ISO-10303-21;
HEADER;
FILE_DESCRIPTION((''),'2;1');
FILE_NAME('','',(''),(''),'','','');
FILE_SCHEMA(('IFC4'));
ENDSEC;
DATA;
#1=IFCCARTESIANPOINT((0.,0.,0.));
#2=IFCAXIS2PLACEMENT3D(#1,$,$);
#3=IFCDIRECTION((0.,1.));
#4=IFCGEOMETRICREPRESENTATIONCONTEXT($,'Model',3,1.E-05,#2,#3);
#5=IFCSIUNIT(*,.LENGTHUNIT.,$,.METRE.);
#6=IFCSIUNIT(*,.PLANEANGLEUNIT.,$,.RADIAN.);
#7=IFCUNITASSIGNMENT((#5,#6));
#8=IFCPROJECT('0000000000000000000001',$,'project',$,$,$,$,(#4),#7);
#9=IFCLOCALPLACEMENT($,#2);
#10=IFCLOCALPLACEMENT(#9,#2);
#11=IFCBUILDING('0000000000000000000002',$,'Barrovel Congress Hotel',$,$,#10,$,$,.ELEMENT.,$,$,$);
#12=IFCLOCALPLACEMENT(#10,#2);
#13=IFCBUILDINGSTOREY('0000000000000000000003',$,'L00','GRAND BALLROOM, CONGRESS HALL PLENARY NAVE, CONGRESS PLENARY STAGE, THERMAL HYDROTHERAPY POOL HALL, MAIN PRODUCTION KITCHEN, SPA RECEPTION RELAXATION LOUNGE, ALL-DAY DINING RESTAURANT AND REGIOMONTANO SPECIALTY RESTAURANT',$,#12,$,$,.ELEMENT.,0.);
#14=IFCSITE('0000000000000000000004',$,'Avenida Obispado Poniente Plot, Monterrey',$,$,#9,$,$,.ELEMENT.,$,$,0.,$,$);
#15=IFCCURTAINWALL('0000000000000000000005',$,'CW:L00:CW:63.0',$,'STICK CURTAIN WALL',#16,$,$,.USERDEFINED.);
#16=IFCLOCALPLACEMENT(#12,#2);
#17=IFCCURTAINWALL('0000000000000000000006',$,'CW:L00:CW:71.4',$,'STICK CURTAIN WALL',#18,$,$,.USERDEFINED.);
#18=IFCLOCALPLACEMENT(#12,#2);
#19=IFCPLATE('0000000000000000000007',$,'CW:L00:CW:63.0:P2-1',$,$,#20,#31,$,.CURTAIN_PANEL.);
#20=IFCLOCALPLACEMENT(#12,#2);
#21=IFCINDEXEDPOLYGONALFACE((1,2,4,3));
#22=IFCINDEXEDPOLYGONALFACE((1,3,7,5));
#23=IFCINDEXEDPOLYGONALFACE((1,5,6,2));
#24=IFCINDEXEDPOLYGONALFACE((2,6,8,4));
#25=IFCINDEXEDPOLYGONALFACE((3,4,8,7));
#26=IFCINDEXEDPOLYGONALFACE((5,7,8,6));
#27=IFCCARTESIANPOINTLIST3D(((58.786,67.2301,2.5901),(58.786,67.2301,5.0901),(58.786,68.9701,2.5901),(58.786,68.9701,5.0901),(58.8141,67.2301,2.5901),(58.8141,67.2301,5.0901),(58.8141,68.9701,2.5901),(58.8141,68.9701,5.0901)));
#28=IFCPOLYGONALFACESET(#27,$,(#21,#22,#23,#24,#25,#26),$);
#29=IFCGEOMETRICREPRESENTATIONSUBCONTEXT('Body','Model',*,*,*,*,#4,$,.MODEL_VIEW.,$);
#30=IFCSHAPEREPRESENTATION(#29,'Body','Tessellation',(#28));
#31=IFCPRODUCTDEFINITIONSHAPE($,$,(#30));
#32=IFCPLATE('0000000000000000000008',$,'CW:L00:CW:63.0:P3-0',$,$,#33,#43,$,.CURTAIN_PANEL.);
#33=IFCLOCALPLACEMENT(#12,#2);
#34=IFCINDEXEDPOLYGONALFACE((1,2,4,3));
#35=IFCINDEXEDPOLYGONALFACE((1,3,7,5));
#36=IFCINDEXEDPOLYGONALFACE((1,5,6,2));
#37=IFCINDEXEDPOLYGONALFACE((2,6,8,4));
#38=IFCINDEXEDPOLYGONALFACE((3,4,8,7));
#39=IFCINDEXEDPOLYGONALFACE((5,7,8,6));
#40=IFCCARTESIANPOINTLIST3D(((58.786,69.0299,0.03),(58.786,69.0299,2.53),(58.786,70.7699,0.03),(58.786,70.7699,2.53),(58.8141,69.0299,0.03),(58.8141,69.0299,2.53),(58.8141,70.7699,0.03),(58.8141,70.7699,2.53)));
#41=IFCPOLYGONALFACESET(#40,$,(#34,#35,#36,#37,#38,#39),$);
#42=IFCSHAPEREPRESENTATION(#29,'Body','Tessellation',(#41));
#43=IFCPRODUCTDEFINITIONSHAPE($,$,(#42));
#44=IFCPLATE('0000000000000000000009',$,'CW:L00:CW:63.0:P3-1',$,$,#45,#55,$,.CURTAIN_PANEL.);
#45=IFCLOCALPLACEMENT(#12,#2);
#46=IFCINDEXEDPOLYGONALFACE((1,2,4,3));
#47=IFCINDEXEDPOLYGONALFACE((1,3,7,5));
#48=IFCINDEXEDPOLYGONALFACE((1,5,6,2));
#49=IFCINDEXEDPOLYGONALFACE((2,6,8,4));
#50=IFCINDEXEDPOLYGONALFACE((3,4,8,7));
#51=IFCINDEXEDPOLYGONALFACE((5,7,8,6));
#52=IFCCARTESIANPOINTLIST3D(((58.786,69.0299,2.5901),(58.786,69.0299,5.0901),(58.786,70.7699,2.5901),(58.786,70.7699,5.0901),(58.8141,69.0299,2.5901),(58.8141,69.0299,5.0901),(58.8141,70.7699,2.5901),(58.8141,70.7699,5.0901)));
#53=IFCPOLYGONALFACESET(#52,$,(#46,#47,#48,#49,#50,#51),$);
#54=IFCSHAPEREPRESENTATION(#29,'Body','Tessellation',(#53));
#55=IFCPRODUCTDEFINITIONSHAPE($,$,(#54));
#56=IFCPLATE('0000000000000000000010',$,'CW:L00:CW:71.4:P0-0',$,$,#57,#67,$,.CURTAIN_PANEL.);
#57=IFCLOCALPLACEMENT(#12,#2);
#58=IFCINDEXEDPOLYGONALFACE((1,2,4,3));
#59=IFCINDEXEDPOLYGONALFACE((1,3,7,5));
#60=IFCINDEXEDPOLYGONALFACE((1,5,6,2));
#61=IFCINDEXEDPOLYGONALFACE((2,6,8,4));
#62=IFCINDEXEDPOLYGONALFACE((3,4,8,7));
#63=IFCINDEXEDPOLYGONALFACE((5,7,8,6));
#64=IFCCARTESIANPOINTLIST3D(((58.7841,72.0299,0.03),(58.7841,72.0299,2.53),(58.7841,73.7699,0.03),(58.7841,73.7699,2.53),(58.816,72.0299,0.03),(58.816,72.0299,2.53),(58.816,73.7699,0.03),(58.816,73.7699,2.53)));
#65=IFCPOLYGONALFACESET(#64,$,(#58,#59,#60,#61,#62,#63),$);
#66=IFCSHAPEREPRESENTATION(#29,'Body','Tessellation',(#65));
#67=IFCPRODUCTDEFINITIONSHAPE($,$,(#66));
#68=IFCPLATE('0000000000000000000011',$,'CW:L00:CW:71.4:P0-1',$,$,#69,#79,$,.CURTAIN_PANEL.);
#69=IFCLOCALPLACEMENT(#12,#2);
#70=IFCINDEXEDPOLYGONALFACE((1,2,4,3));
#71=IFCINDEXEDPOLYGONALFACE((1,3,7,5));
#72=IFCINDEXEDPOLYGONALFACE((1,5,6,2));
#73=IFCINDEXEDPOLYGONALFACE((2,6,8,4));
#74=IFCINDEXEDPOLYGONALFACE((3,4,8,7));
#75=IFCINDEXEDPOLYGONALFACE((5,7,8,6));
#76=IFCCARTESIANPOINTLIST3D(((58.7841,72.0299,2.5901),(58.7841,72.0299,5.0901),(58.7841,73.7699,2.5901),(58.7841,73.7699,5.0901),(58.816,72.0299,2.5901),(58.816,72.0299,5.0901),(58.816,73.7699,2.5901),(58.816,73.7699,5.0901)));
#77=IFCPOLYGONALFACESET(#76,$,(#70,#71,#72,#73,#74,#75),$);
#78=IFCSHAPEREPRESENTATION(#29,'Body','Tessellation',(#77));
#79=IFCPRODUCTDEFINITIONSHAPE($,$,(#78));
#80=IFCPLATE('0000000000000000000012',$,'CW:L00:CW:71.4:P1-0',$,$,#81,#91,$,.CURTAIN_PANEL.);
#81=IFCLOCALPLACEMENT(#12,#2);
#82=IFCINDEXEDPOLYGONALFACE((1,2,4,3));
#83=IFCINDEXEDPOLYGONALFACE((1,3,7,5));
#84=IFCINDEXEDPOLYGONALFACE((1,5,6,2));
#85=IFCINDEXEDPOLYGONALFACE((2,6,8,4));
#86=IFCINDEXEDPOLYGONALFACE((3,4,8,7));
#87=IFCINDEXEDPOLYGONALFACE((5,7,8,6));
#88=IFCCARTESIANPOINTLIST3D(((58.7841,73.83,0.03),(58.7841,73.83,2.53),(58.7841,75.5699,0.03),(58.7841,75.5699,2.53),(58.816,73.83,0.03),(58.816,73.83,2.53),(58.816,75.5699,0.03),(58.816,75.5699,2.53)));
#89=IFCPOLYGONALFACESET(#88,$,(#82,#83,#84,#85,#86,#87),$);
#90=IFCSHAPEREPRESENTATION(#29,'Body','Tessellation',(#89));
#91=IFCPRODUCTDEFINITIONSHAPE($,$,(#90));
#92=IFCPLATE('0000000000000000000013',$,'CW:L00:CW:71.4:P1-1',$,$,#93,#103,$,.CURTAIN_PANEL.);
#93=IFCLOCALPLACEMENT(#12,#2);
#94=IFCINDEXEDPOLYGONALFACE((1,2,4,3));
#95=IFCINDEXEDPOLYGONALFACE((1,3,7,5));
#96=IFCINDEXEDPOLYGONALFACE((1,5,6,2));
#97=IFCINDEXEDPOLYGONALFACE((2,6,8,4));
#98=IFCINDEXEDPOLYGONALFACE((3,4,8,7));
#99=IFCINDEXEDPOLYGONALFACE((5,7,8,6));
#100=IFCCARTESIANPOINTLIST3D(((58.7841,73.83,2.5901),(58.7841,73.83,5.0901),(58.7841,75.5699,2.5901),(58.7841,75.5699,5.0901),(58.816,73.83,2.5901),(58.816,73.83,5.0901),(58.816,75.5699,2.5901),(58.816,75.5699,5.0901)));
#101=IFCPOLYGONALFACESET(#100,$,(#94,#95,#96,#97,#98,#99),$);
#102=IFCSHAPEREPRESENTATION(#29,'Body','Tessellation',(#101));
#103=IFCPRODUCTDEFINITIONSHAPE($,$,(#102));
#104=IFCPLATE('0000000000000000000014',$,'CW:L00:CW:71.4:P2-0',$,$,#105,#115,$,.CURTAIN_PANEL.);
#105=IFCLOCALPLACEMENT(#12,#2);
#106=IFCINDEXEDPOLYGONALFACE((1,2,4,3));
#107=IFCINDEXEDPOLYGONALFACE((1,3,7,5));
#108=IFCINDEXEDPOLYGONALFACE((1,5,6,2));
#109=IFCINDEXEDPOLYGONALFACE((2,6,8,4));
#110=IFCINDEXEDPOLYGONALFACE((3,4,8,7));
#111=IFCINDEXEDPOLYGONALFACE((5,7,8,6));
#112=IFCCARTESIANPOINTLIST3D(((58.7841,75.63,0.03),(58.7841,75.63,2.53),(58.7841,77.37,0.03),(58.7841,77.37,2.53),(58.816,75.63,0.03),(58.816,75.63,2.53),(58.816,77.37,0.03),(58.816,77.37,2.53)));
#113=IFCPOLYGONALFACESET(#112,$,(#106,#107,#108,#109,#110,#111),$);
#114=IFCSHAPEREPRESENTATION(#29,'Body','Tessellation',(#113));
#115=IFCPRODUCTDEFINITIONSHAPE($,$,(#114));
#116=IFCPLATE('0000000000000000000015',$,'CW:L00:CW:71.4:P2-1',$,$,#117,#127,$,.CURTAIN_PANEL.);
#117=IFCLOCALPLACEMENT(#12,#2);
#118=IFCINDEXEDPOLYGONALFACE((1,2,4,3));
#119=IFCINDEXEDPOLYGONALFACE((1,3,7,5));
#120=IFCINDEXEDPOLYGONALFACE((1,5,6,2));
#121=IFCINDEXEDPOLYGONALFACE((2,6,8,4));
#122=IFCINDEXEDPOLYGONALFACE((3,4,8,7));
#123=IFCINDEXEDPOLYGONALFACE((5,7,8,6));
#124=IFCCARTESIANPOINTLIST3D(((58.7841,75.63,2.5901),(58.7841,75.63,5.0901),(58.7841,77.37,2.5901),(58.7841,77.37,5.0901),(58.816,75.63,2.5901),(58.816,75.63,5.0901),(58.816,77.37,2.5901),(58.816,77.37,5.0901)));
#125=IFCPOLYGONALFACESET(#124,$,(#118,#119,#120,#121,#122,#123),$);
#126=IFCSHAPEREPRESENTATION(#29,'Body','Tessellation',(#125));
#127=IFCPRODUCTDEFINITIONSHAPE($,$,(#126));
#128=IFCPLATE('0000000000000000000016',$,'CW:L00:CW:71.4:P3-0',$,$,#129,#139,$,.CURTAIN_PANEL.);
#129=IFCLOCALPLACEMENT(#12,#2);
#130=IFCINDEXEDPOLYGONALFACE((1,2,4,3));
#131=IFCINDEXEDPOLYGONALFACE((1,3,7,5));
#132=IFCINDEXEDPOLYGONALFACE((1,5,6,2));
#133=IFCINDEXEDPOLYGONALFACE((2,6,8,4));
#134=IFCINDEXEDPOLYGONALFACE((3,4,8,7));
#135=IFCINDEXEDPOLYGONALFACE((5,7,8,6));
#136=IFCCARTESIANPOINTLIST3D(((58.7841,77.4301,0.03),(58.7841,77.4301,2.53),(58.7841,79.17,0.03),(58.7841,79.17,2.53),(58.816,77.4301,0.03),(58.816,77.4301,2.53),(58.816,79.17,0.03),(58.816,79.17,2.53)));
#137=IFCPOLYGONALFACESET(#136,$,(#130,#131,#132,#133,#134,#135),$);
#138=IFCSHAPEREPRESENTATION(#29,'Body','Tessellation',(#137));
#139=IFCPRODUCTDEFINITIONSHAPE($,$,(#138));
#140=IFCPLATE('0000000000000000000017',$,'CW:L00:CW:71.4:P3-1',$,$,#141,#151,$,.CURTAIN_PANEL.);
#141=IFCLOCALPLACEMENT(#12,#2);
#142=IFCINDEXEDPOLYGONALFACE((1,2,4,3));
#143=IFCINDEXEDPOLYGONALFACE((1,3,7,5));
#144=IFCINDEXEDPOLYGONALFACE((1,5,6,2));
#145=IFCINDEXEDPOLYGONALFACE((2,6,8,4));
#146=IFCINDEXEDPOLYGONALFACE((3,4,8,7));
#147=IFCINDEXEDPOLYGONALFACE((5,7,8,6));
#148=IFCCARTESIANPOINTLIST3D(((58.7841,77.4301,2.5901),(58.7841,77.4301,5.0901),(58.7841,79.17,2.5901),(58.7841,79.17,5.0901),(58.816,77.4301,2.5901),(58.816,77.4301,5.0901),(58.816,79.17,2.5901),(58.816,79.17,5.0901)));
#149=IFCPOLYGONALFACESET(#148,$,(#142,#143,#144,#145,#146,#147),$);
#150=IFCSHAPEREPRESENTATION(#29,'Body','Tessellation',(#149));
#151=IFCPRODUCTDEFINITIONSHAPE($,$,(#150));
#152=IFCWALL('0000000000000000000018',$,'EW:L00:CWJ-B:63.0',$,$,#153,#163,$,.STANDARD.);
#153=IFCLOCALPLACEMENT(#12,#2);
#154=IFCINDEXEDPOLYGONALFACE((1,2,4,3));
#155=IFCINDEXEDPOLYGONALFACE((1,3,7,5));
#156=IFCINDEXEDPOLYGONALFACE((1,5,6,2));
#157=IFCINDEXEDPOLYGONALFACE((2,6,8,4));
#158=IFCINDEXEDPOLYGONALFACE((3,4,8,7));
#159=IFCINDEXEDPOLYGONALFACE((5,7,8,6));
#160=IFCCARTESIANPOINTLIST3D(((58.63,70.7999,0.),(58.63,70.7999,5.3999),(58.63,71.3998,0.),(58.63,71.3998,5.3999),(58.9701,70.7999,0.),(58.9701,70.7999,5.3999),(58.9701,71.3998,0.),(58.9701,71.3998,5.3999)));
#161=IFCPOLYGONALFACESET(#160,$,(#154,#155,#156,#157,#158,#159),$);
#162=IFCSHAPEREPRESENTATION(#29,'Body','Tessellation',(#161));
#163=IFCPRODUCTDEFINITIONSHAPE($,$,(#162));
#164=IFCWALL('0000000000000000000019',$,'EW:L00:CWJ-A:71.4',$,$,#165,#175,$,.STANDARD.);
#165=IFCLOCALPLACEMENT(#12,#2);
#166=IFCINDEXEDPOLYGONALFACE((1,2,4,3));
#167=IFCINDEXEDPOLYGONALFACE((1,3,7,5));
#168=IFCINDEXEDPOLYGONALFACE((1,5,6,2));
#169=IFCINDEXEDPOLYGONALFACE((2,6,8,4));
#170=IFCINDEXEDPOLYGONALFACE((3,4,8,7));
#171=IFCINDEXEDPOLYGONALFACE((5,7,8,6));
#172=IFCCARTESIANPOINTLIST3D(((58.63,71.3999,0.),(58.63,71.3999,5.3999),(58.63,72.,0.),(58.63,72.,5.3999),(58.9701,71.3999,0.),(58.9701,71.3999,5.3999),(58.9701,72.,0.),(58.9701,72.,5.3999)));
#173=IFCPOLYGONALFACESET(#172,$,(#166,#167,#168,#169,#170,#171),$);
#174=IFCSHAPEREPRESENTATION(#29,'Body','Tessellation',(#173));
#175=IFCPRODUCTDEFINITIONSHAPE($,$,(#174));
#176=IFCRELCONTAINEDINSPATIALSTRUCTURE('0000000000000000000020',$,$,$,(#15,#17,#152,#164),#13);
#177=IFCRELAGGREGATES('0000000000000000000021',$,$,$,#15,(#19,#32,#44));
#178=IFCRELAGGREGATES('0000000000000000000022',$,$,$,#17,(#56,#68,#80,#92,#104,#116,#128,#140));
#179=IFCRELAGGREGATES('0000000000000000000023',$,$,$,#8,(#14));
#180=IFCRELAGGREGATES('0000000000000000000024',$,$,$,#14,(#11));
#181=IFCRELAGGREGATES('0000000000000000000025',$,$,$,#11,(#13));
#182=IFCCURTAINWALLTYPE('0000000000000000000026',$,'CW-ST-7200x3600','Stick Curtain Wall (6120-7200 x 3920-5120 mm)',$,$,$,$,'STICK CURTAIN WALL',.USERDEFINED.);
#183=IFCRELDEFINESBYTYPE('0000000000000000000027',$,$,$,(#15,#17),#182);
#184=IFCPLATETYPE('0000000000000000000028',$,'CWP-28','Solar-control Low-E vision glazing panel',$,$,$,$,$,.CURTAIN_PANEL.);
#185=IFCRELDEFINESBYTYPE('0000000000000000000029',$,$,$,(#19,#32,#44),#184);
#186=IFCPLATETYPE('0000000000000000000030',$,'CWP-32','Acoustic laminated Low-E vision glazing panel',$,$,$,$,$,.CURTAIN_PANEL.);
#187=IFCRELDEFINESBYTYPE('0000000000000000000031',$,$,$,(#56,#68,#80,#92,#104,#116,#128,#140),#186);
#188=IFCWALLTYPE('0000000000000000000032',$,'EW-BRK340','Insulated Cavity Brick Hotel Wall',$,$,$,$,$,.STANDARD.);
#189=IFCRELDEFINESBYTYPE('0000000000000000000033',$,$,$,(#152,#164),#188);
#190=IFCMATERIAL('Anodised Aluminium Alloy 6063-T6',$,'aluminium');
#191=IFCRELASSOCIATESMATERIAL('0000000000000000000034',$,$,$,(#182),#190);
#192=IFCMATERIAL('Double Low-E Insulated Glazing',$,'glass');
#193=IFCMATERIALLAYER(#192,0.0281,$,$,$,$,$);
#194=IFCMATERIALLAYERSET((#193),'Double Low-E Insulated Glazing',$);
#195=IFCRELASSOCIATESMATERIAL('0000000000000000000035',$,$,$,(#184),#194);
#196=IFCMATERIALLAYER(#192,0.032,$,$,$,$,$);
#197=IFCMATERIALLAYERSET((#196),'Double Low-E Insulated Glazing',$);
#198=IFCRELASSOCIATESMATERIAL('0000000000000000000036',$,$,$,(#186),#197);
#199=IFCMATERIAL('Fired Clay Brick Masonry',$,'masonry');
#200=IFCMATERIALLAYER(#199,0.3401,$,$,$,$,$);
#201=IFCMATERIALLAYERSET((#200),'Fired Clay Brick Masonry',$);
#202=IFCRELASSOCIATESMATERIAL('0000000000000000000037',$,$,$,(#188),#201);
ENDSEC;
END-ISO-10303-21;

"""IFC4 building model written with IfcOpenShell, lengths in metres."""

from ifc_helpers import new_model, si_unit, direction, frame, frame_2d, origin, origin_2d, place, context, subcontext, project, spatial, rectangle, extrude, material, layer, layer_set, type_object, element, aggregate, save


model = new_model("IFC4")

# Units and contexts
model_context = context("Model", 3, precision=1e-05, world=origin(), true_north=direction((0.0, 1.0)))
body_context = subcontext(model_context, "Body", "Model", "MODEL_VIEW")
ifc_project = project(units=[si_unit("LENGTHUNIT", "METRE"), si_unit("PLANEANGLEUNIT", "RADIAN")], contexts=[model_context])

# Site, building, storey
site_placement = place(None, origin())
site = spatial("IfcSite", under=ifc_project, at=site_placement, Name="Avenida Obispado Poniente Plot, Monterrey", CompositionType="ELEMENT", RefElevation=0.0)
building_placement = place(site_placement, origin())
building = spatial("IfcBuilding", under=site, at=building_placement, Name="Barrovel Congress Hotel", CompositionType="ELEMENT")
storey_placement = place(building_placement, origin())
storey = spatial("IfcBuildingStorey", under=building, at=storey_placement, Name="L00", Description="GRAND BALLROOM, CONGRESS HALL PLENARY NAVE, CONGRESS PLENARY STAGE, THERMAL HYDROTHERAPY POOL HALL, MAIN PRODUCTION KITCHEN, SPA RECEPTION RELAXATION LOUNGE, ALL-DAY DINING RESTAURANT AND REGIOMONTANO SPECIALTY RESTAURANT", CompositionType="ELEMENT", Elevation=0.0)

# Curtain walls
ifc_material_1 = material(Name="Anodised Aluminium Alloy 6063-T6", Category="aluminium")
curtain_wall_type = type_object("IfcCurtainWallType", Name="CW-ST-7200x3600", Description="Stick Curtain Wall (6120-7200 x 3920-5120 mm)", ElementType="STICK CURTAIN WALL", PredefinedType="USERDEFINED", material=ifc_material_1)
curtain_wall_1_placement = place(storey_placement, origin())
curtain_wall_1 = element("IfcCurtainWall", 1, at=curtain_wall_1_placement, inside=storey, type_object=curtain_wall_type, Name="CW:L00:CW:63.0", ObjectType="STICK CURTAIN WALL", PredefinedType="USERDEFINED")
curtain_wall_2_placement = place(storey_placement, origin())
curtain_wall_2 = element("IfcCurtainWall", 2, at=curtain_wall_2_placement, inside=storey, type_object=curtain_wall_type, Name="CW:L00:CW:71.4", ObjectType="STICK CURTAIN WALL", PredefinedType="USERDEFINED")

# Plates
ifc_material_2 = material(Name="Double Low-E Insulated Glazing", Category="glass")
ifc_layer_1 = layer(ifc_material_2, 0.0281)
ifc_layer_set_1 = layer_set([ifc_layer_1], Name="Double Low-E Insulated Glazing")
plate_type_1 = type_object("IfcPlateType", Name="CWP-28", Description="Solar-control Low-E vision glazing panel", PredefinedType="CURTAIN_PANEL", material=ifc_layer_set_1)
plate_1_placement = place(storey_placement, frame((58.8, 68.1001, 2.5901), z_axis=(0.0, 0.0, 1.0), x_axis=(0.0, 1.0, 0.0)))
plate_1 = element("IfcPlate", 3, at=plate_1_placement, type_object=plate_type_1, Name="CW:L00:CW:63.0:P2-1", PredefinedType="CURTAIN_PANEL", context=body_context, shape_type="SweptSolid", body=[
    extrude(rectangle(XDim=1.74, YDim=0.0281, at=origin_2d()), origin(), (0.0, 0.0, 1.0), 2.5),
])
plate_2_placement = place(storey_placement, frame((58.8, 69.8999, 0.03), z_axis=(0.0, 0.0, 1.0), x_axis=(0.0, 1.0, 0.0)))
plate_2 = element("IfcPlate", 4, at=plate_2_placement, type_object=plate_type_1, Name="CW:L00:CW:63.0:P3-0", PredefinedType="CURTAIN_PANEL", context=body_context, shape_type="SweptSolid", body=[
    extrude(rectangle(XDim=1.74, YDim=0.0281, at=origin_2d()), origin(), (0.0, 0.0, 1.0), 2.5),
])
plate_3_placement = place(storey_placement, frame((58.8, 69.8999, 2.5901), z_axis=(0.0, 0.0, 1.0), x_axis=(0.0, 1.0, 0.0)))
plate_3 = element("IfcPlate", 5, at=plate_3_placement, type_object=plate_type_1, Name="CW:L00:CW:63.0:P3-1", PredefinedType="CURTAIN_PANEL", context=body_context, shape_type="SweptSolid", body=[
    extrude(rectangle(XDim=1.74, YDim=0.0281, at=origin_2d()), origin(), (0.0, 0.0, 1.0), 2.5),
])
aggregate(curtain_wall_1, [plate_1, plate_2, plate_3])
ifc_layer_2 = layer(ifc_material_2, 0.032)
ifc_layer_set_2 = layer_set([ifc_layer_2], Name="Double Low-E Insulated Glazing")
plate_type_2 = type_object("IfcPlateType", Name="CWP-32", Description="Acoustic laminated Low-E vision glazing panel", PredefinedType="CURTAIN_PANEL", material=ifc_layer_set_2)
plate_4_placement = place(storey_placement, frame((58.8, 72.8999, 0.03), z_axis=(0.0, 0.0, 1.0), x_axis=(0.0, 1.0, 0.0)))
plate_4 = element("IfcPlate", 6, at=plate_4_placement, type_object=plate_type_2, Name="CW:L00:CW:71.4:P0-0", PredefinedType="CURTAIN_PANEL", context=body_context, shape_type="SweptSolid", body=[
    extrude(rectangle(XDim=1.74, YDim=0.032, at=origin_2d()), origin(), (0.0, 0.0, 1.0), 2.5),
])
plate_5_placement = place(storey_placement, frame((58.8, 72.8999, 2.5901), z_axis=(0.0, 0.0, 1.0), x_axis=(0.0, 1.0, 0.0)))
plate_5 = element("IfcPlate", 7, at=plate_5_placement, type_object=plate_type_2, Name="CW:L00:CW:71.4:P0-1", PredefinedType="CURTAIN_PANEL", context=body_context, shape_type="SweptSolid", body=[
    extrude(rectangle(XDim=1.74, YDim=0.032, at=origin_2d()), origin(), (0.0, 0.0, 1.0), 2.5),
])
plate_6_placement = place(storey_placement, frame((58.8, 74.7, 0.03), z_axis=(0.0, 0.0, 1.0), x_axis=(0.0, 1.0, 0.0)))
plate_6 = element("IfcPlate", 8, at=plate_6_placement, type_object=plate_type_2, Name="CW:L00:CW:71.4:P1-0", PredefinedType="CURTAIN_PANEL", context=body_context, shape_type="SweptSolid", body=[
    extrude(rectangle(XDim=1.74, YDim=0.032, at=origin_2d()), origin(), (0.0, 0.0, 1.0), 2.5),
])
plate_7_placement = place(storey_placement, frame((58.8, 74.7, 2.5901), z_axis=(0.0, 0.0, 1.0), x_axis=(0.0, 1.0, 0.0)))
plate_7 = element("IfcPlate", 9, at=plate_7_placement, type_object=plate_type_2, Name="CW:L00:CW:71.4:P1-1", PredefinedType="CURTAIN_PANEL", context=body_context, shape_type="SweptSolid", body=[
    extrude(rectangle(XDim=1.74, YDim=0.032, at=origin_2d()), origin(), (0.0, 0.0, 1.0), 2.5),
])
plate_8_placement = place(storey_placement, frame((58.8, 76.5, 0.03), z_axis=(0.0, 0.0, 1.0), x_axis=(0.0, 1.0, 0.0)))
plate_8 = element("IfcPlate", 10, at=plate_8_placement, type_object=plate_type_2, Name="CW:L00:CW:71.4:P2-0", PredefinedType="CURTAIN_PANEL", context=body_context, shape_type="SweptSolid", body=[
    extrude(rectangle(XDim=1.74, YDim=0.032, at=origin_2d()), origin(), (0.0, 0.0, 1.0), 2.5),
])
plate_9_placement = place(storey_placement, frame((58.8, 76.5, 2.5901), z_axis=(0.0, 0.0, 1.0), x_axis=(0.0, 1.0, 0.0)))
plate_9 = element("IfcPlate", 11, at=plate_9_placement, type_object=plate_type_2, Name="CW:L00:CW:71.4:P2-1", PredefinedType="CURTAIN_PANEL", context=body_context, shape_type="SweptSolid", body=[
    extrude(rectangle(XDim=1.74, YDim=0.032, at=origin_2d()), origin(), (0.0, 0.0, 1.0), 2.5),
])
plate_10_placement = place(storey_placement, frame((58.8, 78.3, 0.03), z_axis=(0.0, 0.0, 1.0), x_axis=(0.0, 1.0, 0.0)))
plate_10 = element("IfcPlate", 12, at=plate_10_placement, type_object=plate_type_2, Name="CW:L00:CW:71.4:P3-0", PredefinedType="CURTAIN_PANEL", context=body_context, shape_type="SweptSolid", body=[
    extrude(rectangle(XDim=1.74, YDim=0.032, at=origin_2d()), origin(), (0.0, 0.0, 1.0), 2.5),
])
plate_11_placement = place(storey_placement, frame((58.8, 78.3, 2.5901), z_axis=(0.0, 0.0, 1.0), x_axis=(0.0, 1.0, 0.0)))
plate_11 = element("IfcPlate", 13, at=plate_11_placement, type_object=plate_type_2, Name="CW:L00:CW:71.4:P3-1", PredefinedType="CURTAIN_PANEL", context=body_context, shape_type="SweptSolid", body=[
    extrude(rectangle(XDim=1.74, YDim=0.032, at=origin_2d()), origin(), (0.0, 0.0, 1.0), 2.5),
])
aggregate(curtain_wall_2, [plate_4, plate_5, plate_6, plate_7, plate_8, plate_9, plate_10, plate_11])

# Walls
ifc_material_3 = material(Name="Fired Clay Brick Masonry", Category="masonry")
ifc_layer_3 = layer(ifc_material_3, 0.3401)
ifc_layer_set_3 = layer_set([ifc_layer_3], Name="Fired Clay Brick Masonry")
wall_type = type_object("IfcWallType", Name="EW-BRK340", Description="Insulated Cavity Brick Hotel Wall", PredefinedType="STANDARD", material=ifc_layer_set_3)
wall_1_placement = place(storey_placement, frame((58.8, 70.8, 0.0), z_axis=(0.0, 0.0, 1.0), x_axis=(0.0, 1.0, 0.0)))
element("IfcWall", 14, at=wall_1_placement, inside=storey, type_object=wall_type, Name="EW:L00:CWJ-B:63.0", PredefinedType="STANDARD", context=body_context, shape_type="SweptSolid", body=[
    extrude(rectangle(XDim=0.5999, YDim=0.3401, at=frame_2d((0.2998, 0.0))), origin(), (0.0, 0.0, 1.0), 5.3999),
])
wall_2_placement = place(storey_placement, frame((58.8, 71.3999, 0.0), z_axis=(0.0, 0.0, 1.0), x_axis=(0.0, 1.0, 0.0)))
element("IfcWall", 15, at=wall_2_placement, inside=storey, type_object=wall_type, Name="EW:L00:CWJ-A:71.4", PredefinedType="STANDARD", context=body_context, shape_type="SweptSolid", body=[
    extrude(rectangle(XDim=0.6001, YDim=0.3401, at=frame_2d((0.3, 0.0))), origin(), (0.0, 0.0, 1.0), 5.3999),
])

save(model, "model.ifc")
